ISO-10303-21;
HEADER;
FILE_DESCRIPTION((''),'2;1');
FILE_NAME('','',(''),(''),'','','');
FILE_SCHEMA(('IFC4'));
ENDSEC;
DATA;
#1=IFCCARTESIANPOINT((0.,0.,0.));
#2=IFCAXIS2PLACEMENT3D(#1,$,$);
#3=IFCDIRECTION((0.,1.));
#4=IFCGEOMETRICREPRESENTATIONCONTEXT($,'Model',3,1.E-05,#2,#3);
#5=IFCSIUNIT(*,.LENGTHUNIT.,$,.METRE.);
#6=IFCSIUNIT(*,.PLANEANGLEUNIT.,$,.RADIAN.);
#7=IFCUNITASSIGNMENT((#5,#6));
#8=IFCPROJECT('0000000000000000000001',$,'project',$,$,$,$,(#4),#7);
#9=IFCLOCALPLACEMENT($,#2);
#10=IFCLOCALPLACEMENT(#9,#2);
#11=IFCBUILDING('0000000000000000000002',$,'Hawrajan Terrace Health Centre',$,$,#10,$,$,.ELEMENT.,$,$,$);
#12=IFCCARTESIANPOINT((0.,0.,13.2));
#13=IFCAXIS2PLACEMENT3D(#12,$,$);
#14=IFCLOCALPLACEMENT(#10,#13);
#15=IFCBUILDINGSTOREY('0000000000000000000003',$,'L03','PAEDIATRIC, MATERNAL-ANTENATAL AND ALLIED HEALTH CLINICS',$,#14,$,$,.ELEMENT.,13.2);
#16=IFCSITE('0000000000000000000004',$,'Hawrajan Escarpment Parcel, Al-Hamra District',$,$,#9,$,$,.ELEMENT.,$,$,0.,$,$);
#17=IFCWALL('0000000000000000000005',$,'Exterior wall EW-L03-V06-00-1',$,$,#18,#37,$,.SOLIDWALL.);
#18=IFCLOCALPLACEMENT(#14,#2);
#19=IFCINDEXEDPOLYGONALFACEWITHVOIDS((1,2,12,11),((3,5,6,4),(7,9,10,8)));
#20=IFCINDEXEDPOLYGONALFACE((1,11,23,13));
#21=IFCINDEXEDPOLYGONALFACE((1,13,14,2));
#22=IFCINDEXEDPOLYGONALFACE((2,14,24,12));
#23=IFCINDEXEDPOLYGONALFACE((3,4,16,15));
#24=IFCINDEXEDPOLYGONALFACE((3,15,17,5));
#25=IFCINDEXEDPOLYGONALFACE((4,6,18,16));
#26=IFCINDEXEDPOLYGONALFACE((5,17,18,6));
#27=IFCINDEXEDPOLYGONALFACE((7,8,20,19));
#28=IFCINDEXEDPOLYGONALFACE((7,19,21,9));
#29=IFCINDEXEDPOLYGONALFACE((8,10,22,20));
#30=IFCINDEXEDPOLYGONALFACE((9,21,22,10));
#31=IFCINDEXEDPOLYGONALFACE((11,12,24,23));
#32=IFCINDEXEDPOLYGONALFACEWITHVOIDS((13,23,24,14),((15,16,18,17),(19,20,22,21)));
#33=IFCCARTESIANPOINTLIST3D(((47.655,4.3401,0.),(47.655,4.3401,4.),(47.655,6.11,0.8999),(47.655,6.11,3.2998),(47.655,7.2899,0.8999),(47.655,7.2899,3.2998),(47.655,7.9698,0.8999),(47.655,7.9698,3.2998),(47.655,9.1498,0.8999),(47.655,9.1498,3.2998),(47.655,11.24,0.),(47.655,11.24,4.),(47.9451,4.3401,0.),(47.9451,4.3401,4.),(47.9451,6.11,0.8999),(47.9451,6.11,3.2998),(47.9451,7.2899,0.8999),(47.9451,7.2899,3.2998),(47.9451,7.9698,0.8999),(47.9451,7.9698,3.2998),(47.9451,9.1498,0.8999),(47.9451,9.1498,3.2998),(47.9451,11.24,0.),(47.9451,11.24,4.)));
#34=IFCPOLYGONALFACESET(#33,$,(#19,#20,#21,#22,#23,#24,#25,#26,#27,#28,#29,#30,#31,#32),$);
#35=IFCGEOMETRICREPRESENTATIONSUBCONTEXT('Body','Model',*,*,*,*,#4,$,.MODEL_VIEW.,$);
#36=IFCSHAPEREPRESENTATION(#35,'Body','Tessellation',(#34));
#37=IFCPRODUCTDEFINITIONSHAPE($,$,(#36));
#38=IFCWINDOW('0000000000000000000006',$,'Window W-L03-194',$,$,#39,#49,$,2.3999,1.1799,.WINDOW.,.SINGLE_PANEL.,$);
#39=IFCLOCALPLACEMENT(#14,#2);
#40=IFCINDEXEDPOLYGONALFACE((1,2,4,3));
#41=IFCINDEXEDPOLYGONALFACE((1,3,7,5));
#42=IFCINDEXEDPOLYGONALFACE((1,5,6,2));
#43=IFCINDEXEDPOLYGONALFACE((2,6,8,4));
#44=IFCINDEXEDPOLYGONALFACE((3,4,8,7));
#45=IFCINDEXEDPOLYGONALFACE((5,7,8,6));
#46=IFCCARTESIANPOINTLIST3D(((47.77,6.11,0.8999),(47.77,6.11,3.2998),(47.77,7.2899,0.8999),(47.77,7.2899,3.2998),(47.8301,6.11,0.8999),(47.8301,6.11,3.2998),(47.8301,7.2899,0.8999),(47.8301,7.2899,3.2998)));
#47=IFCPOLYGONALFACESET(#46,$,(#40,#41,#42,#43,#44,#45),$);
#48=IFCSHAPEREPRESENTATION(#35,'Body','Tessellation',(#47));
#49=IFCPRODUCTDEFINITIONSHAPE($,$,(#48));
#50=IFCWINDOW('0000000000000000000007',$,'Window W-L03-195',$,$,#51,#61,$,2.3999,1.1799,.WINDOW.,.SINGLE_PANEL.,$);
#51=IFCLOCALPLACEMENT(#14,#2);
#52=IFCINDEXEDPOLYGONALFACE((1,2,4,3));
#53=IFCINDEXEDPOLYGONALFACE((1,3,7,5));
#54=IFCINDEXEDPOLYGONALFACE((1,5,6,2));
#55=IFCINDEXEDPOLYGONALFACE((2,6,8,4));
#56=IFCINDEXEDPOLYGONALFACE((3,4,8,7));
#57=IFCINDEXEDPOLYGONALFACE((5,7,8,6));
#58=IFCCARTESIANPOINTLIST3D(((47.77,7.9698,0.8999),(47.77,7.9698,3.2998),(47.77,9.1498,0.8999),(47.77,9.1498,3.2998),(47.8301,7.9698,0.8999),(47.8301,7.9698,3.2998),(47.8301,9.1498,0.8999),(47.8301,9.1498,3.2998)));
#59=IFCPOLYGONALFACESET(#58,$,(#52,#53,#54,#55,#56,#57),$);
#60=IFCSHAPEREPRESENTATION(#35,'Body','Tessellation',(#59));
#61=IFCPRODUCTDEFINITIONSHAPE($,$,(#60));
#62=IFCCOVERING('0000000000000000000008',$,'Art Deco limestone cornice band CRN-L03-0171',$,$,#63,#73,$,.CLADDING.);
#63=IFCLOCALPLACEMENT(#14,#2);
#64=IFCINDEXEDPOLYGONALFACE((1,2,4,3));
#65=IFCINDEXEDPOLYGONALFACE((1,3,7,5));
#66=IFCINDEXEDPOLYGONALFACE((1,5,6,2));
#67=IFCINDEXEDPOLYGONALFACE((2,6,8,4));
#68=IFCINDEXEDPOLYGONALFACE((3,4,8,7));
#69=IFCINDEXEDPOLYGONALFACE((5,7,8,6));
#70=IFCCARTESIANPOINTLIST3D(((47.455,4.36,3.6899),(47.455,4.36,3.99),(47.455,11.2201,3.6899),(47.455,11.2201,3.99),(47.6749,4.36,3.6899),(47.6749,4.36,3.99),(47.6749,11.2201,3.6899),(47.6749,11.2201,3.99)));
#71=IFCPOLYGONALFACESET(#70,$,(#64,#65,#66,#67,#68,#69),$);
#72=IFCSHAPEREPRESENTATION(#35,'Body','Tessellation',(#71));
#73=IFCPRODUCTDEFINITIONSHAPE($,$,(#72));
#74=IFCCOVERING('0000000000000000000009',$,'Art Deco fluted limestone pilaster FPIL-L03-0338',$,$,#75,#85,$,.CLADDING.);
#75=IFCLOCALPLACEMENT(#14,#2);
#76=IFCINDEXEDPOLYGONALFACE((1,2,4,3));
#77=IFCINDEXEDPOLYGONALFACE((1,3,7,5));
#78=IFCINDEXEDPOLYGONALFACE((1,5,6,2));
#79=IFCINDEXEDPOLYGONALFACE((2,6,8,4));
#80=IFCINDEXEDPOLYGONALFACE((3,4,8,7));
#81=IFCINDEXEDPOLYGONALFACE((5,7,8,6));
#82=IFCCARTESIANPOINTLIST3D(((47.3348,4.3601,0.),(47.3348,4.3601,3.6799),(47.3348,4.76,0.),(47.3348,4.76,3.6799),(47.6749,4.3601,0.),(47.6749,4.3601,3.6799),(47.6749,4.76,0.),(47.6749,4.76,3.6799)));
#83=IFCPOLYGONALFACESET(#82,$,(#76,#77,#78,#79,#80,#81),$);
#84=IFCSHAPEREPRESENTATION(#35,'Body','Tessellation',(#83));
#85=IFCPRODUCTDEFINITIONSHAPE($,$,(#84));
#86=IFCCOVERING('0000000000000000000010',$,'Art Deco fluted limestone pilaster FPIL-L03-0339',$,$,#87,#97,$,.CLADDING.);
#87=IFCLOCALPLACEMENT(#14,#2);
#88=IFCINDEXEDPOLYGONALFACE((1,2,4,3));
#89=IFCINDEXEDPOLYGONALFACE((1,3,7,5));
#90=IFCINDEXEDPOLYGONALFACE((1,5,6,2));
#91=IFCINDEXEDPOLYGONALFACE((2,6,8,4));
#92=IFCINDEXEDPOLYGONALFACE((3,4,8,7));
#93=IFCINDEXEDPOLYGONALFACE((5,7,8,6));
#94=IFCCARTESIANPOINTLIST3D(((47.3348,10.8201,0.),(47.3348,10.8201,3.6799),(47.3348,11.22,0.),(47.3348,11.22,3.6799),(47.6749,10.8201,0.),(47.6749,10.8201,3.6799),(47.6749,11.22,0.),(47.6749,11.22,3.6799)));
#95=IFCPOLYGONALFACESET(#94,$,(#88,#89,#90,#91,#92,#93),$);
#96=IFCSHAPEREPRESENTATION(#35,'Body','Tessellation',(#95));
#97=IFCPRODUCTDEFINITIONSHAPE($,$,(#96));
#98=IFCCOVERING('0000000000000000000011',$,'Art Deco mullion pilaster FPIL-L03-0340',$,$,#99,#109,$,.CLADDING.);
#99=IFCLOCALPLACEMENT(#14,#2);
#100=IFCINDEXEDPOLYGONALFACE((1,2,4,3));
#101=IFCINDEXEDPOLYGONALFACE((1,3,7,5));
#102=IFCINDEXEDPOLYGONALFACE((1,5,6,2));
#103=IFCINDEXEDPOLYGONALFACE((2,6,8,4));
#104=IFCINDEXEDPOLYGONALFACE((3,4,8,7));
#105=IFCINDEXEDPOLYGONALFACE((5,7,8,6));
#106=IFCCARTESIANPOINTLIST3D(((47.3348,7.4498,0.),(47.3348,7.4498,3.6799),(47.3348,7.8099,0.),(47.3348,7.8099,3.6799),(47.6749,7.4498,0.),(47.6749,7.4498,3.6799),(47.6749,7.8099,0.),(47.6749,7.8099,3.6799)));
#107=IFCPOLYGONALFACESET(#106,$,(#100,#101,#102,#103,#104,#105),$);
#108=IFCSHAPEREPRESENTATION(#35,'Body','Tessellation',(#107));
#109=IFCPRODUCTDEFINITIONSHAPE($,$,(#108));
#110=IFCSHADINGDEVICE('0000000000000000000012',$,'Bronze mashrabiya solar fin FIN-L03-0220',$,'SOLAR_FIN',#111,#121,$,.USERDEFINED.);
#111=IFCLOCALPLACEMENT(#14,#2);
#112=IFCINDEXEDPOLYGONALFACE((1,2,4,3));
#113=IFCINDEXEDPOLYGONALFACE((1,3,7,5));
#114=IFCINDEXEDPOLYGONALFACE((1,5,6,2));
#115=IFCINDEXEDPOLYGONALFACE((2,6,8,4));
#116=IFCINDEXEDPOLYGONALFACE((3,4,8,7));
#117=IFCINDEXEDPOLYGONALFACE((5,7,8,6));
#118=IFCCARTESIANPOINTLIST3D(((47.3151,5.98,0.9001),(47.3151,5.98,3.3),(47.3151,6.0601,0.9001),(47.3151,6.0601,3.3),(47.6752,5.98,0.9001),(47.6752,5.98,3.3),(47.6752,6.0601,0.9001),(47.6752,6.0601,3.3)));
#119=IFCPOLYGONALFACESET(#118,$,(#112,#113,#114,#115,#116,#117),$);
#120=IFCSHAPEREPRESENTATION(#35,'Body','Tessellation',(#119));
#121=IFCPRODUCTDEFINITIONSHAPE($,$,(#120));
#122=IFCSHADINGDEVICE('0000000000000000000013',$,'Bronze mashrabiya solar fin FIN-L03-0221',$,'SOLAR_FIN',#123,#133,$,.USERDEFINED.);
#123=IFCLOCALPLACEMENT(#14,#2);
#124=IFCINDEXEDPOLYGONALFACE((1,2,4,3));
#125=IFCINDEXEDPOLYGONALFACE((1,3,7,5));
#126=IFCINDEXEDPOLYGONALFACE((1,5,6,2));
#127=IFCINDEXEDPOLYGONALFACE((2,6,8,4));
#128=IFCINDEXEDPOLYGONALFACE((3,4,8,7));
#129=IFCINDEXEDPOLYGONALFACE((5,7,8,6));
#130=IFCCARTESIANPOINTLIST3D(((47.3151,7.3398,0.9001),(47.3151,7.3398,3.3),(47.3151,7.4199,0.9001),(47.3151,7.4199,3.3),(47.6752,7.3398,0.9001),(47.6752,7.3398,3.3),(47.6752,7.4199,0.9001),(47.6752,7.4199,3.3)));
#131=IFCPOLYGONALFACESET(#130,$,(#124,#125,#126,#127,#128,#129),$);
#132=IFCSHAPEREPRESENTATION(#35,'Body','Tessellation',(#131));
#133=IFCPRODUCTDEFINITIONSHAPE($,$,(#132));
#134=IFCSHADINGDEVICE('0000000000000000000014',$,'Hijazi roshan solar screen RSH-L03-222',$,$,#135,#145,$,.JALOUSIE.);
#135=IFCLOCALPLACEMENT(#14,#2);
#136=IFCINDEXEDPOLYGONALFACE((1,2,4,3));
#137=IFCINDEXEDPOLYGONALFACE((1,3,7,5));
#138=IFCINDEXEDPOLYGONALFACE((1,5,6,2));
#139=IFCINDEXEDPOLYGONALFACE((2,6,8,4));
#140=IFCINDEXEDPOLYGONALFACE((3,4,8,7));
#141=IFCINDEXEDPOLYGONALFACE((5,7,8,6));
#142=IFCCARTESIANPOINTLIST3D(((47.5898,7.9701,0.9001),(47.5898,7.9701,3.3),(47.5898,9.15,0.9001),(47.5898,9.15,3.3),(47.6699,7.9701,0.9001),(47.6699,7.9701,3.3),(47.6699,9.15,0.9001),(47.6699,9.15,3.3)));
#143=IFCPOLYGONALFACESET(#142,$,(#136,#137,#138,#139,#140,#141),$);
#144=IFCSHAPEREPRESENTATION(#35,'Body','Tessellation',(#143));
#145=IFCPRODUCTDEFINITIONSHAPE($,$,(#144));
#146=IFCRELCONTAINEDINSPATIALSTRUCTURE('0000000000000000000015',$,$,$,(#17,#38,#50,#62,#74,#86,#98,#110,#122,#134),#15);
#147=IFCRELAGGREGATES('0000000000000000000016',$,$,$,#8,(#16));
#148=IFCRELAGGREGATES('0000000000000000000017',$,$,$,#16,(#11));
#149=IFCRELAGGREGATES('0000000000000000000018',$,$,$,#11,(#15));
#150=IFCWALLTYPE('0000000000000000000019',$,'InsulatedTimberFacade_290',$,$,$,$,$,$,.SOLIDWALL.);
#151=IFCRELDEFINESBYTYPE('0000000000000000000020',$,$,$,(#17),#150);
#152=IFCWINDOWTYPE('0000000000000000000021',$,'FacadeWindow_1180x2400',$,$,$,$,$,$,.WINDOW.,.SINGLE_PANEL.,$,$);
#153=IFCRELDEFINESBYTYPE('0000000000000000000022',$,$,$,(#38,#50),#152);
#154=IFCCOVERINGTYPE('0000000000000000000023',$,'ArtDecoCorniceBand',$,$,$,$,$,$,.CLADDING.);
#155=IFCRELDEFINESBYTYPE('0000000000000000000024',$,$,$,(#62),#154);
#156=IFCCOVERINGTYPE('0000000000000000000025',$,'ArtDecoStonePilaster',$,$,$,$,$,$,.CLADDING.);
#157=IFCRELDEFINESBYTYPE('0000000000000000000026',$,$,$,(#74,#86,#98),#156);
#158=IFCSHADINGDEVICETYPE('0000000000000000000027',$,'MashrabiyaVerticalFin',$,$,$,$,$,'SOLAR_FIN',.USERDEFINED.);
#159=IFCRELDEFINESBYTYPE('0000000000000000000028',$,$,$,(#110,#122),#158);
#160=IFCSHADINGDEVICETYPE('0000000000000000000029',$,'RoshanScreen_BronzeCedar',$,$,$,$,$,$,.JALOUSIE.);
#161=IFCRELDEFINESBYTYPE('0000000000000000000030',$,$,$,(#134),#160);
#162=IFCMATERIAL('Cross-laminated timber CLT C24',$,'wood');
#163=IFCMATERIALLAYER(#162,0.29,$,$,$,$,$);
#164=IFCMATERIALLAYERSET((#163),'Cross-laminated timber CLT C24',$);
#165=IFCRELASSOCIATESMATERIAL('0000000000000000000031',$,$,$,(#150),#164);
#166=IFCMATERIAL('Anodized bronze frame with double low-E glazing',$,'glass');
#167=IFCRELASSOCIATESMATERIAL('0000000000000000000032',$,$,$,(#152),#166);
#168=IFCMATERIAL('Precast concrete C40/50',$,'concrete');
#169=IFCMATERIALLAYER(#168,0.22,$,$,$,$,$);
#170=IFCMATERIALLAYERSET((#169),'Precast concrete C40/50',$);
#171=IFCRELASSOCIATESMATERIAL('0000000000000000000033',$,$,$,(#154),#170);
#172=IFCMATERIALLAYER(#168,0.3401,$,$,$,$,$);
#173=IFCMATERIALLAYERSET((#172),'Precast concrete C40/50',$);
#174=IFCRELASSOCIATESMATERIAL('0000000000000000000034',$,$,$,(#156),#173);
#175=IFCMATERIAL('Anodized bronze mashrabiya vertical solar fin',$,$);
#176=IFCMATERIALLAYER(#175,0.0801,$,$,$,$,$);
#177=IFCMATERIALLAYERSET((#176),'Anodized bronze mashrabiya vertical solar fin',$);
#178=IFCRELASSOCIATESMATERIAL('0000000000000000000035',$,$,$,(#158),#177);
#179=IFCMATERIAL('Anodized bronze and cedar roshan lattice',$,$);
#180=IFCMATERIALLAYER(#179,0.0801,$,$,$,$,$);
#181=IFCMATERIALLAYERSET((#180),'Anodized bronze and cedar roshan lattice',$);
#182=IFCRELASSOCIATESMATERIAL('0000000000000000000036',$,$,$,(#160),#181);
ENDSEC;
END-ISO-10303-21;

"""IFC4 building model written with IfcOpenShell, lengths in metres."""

from ifc_helpers import new_model, si_unit, direction, frame, frame_2d, origin, origin_2d, place, context, subcontext, project, spatial, rectangle, extrude, material, layer, layer_set, type_object, element, fill, save


model = new_model("IFC4")

# Units and contexts
model_context = context("Model", 3, precision=1e-05, world=origin(), true_north=direction((0.0, 1.0)))
body_context = subcontext(model_context, "Body", "Model", "MODEL_VIEW")
ifc_project = project(units=[si_unit("LENGTHUNIT", "METRE"), si_unit("PLANEANGLEUNIT", "RADIAN")], contexts=[model_context])

# Site, building, storey
site_placement = place(None, origin())
site = spatial("IfcSite", under=ifc_project, at=site_placement, Name="Hawrajan Escarpment Parcel, Al-Hamra District", CompositionType="ELEMENT", RefElevation=0.0)
building_placement = place(site_placement, origin())
building = spatial("IfcBuilding", under=site, at=building_placement, Name="Hawrajan Terrace Health Centre", CompositionType="ELEMENT")
storey_placement = place(building_placement, frame((0.0, 0.0, 13.2)))
storey = spatial("IfcBuildingStorey", under=building, at=storey_placement, Name="L03", Description="PAEDIATRIC, MATERNAL-ANTENATAL AND ALLIED HEALTH CLINICS", CompositionType="ELEMENT", Elevation=13.2)

# Shared definitions
ifc_material_1 = material(Name="Cross-laminated timber CLT C24", Category="wood")
ifc_layer_1 = layer(ifc_material_1, 0.29)
ifc_layer_set_1 = layer_set([ifc_layer_1], Name="Cross-laminated timber CLT C24")
wall_type_1 = type_object("IfcWallType", Name="InsulatedTimberFacade_290", PredefinedType="SOLIDWALL", material=ifc_layer_set_1)
ifc_material_2 = material(Name="Anodized bronze frame with double low-E glazing", Category="glass")

# Wall, openings, windows
wall_1_placement = place(storey_placement, frame((47.8, 4.3401, 0.0), z_axis=(0.0, 0.0, 1.0), x_axis=(0.0, 1.0, 0.0)))
wall_1 = element("IfcWall", 1, at=wall_1_placement, inside=storey, type_object=wall_type_1, Name="Exterior wall EW-L03-V06-00-1", PredefinedType="SOLIDWALL", context=body_context, shape_type="SweptSolid", body=[
    extrude(rectangle(XDim=6.8999, YDim=0.29, at=frame_2d((3.45, 0.0))), origin(), (0.0, 0.0, 1.0), 4.0),
])
opening_1_placement = place(wall_1_placement, frame((1.77, 0.0, 0.8999)))
opening_1 = element("IfcOpeningElement", 2, at=opening_1_placement, cuts=wall_1, PredefinedType="OPENING", context=body_context, shape_type="SweptSolid", body=[
    extrude(rectangle(XDim=1.1799, YDim=2.3999, at=frame_2d((0.5898, 1.2))), frame((0.0, 0.155, 0.0), z_axis=(0.0, -1.0, 0.0), x_axis=(1.0, 0.0, 0.0)), (0.0, 0.0, 1.0), 0.3101),
])
opening_2_placement = place(wall_1_placement, frame((3.6299, 0.0, 0.8999)))
opening_2 = element("IfcOpeningElement", 3, at=opening_2_placement, cuts=wall_1, PredefinedType="OPENING", context=body_context, shape_type="SweptSolid", body=[
    extrude(rectangle(XDim=1.1799, YDim=2.3999, at=frame_2d((0.5898, 1.2))), frame((0.0, 0.155, 0.0), z_axis=(0.0, -1.0, 0.0), x_axis=(1.0, 0.0, 0.0)), (0.0, 0.0, 1.0), 0.3101),
])
window_type_1 = type_object("IfcWindowType", Name="FacadeWindow_1180x2400", PartitioningType="SINGLE_PANEL", PredefinedType="WINDOW", material=ifc_material_2)
window_1_placement = place(opening_1_placement, origin())
window_1 = element("IfcWindow", 4, at=window_1_placement, inside=storey, type_object=window_type_1, Name="Window W-L03-194", OverallHeight=2.3999, OverallWidth=1.1799, PartitioningType="SINGLE_PANEL", PredefinedType="WINDOW", context=body_context, shape_type="SweptSolid", body=[
    extrude(rectangle(XDim=1.1799, YDim=2.3999, at=frame_2d((0.5898, 1.2))), frame((0.0, 0.03, 0.0), z_axis=(0.0, -1.0, 0.0), x_axis=(1.0, 0.0, 0.0)), (0.0, 0.0, 1.0), 0.0601),
])
fill(opening_1, window_1)
window_2_placement = place(opening_2_placement, origin())
window_2 = element("IfcWindow", 5, at=window_2_placement, inside=storey, type_object=window_type_1, Name="Window W-L03-195", OverallHeight=2.3999, OverallWidth=1.1799, PartitioningType="SINGLE_PANEL", PredefinedType="WINDOW", context=body_context, shape_type="SweptSolid", body=[
    extrude(rectangle(XDim=1.1799, YDim=2.3999, at=frame_2d((0.5898, 1.2))), frame((0.0, 0.03, 0.0), z_axis=(0.0, -1.0, 0.0), x_axis=(1.0, 0.0, 0.0)), (0.0, 0.0, 1.0), 0.0601),
])
fill(opening_2, window_2)

# Coverings
ifc_material_3 = material(Name="Precast concrete C40/50", Category="concrete")
ifc_layer_2 = layer(ifc_material_3, 0.22)
ifc_layer_set_2 = layer_set([ifc_layer_2], Name="Precast concrete C40/50")
covering_type_1 = type_object("IfcCoveringType", Name="ArtDecoCorniceBand", PredefinedType="CLADDING", material=ifc_layer_set_2)
covering_1_placement = place(storey_placement, frame((47.5649, 7.79, 3.6899), z_axis=(0.0, 0.0, 1.0), x_axis=(0.0, 1.0, 0.0)))
element("IfcCovering", 6, at=covering_1_placement, inside=storey, type_object=covering_type_1, Name="Art Deco limestone cornice band CRN-L03-0171", PredefinedType="CLADDING", context=body_context, shape_type="SweptSolid", body=[
    extrude(rectangle(XDim=6.8601, YDim=0.22, at=origin_2d()), origin(), (0.0, 0.0, 1.0), 0.3),
])
ifc_layer_3 = layer(ifc_material_3, 0.3401)
ifc_layer_set_3 = layer_set([ifc_layer_3], Name="Precast concrete C40/50")
covering_type_2 = type_object("IfcCoveringType", Name="ArtDecoStonePilaster", PredefinedType="CLADDING", material=ifc_layer_set_3)
for number, where, z_axis, x_axis, name in (
    (7, (47.5049, 4.5601, 0.0), (0.0, 0.0, 1.0), (0.0, 1.0, 0.0), "Art Deco fluted limestone pilaster FPIL-L03-0338"),
    (8, (47.5049, 11.02, 0.0), (0.0, 0.0, 1.0), (0.0, 1.0, 0.0), "Art Deco fluted limestone pilaster FPIL-L03-0339"),
):
    element("IfcCovering", number, at=place(storey_placement, frame(where, z_axis=z_axis, x_axis=x_axis)), inside=storey, type_object=covering_type_2, Name=name, PredefinedType="CLADDING", context=body_context, shape_type="SweptSolid", body=[
        extrude(rectangle(XDim=0.3999, YDim=0.3401, at=origin_2d()), origin(), (0.0, 0.0, 1.0), 3.6799),
    ])
covering_2_placement = place(storey_placement, frame((47.5049, 7.6299, 0.0), z_axis=(0.0, 0.0, 1.0), x_axis=(0.0, 1.0, 0.0)))
element("IfcCovering", 9, at=covering_2_placement, inside=storey, type_object=covering_type_2, Name="Art Deco mullion pilaster FPIL-L03-0340", PredefinedType="CLADDING", context=body_context, shape_type="SweptSolid", body=[
    extrude(rectangle(XDim=0.3601, YDim=0.3401, at=origin_2d()), origin(), (0.0, 0.0, 1.0), 3.6799),
])

# Shading devices
ifc_material_4 = material(Name="Anodized bronze mashrabiya vertical solar fin")
ifc_layer_4 = layer(ifc_material_4, 0.0801)
ifc_layer_set_4 = layer_set([ifc_layer_4], Name="Anodized bronze mashrabiya vertical solar fin")
shading_device_type_1 = type_object("IfcShadingDeviceType", Name="MashrabiyaVerticalFin", ElementType="SOLAR_FIN", PredefinedType="USERDEFINED", material=ifc_layer_set_4)
for number, where, z_axis, x_axis, name in (
    (10, (47.4951, 6.02, 0.9001), (0.0, 0.0, 1.0), (0.0, 1.0, 0.0), "Bronze mashrabiya solar fin FIN-L03-0220"),
    (11, (47.4951, 7.3799, 0.9001), (0.0, 0.0, 1.0), (0.0, 1.0, 0.0), "Bronze mashrabiya solar fin FIN-L03-0221"),
):
    element("IfcShadingDevice", number, at=place(storey_placement, frame(where, z_axis=z_axis, x_axis=x_axis)), inside=storey, type_object=shading_device_type_1, Name=name, ObjectType="SOLAR_FIN", PredefinedType="USERDEFINED", context=body_context, shape_type="SweptSolid", body=[
        extrude(rectangle(XDim=0.0801, YDim=0.3601, at=origin_2d()), origin(), (0.0, 0.0, 1.0), 2.3999),
    ])
ifc_material_5 = material(Name="Anodized bronze and cedar roshan lattice")
ifc_layer_5 = layer(ifc_material_5, 0.0801)
ifc_layer_set_5 = layer_set([ifc_layer_5], Name="Anodized bronze and cedar roshan lattice")
shading_device_type_2 = type_object("IfcShadingDeviceType", Name="RoshanScreen_BronzeCedar", PredefinedType="JALOUSIE", material=ifc_layer_set_5)
shading_device_placement = place(storey_placement, frame((47.6299, 8.5601, 0.9001), z_axis=(0.0, 0.0, 1.0), x_axis=(0.0, 1.0, 0.0)))
element("IfcShadingDevice", 12, at=shading_device_placement, inside=storey, type_object=shading_device_type_2, Name="Hijazi roshan solar screen RSH-L03-222", PredefinedType="JALOUSIE", context=body_context, shape_type="SweptSolid", body=[
    extrude(rectangle(XDim=1.1799, YDim=0.0801, at=origin_2d()), origin(), (0.0, 0.0, 1.0), 2.3999),
])

save(model, "model.ifc")
